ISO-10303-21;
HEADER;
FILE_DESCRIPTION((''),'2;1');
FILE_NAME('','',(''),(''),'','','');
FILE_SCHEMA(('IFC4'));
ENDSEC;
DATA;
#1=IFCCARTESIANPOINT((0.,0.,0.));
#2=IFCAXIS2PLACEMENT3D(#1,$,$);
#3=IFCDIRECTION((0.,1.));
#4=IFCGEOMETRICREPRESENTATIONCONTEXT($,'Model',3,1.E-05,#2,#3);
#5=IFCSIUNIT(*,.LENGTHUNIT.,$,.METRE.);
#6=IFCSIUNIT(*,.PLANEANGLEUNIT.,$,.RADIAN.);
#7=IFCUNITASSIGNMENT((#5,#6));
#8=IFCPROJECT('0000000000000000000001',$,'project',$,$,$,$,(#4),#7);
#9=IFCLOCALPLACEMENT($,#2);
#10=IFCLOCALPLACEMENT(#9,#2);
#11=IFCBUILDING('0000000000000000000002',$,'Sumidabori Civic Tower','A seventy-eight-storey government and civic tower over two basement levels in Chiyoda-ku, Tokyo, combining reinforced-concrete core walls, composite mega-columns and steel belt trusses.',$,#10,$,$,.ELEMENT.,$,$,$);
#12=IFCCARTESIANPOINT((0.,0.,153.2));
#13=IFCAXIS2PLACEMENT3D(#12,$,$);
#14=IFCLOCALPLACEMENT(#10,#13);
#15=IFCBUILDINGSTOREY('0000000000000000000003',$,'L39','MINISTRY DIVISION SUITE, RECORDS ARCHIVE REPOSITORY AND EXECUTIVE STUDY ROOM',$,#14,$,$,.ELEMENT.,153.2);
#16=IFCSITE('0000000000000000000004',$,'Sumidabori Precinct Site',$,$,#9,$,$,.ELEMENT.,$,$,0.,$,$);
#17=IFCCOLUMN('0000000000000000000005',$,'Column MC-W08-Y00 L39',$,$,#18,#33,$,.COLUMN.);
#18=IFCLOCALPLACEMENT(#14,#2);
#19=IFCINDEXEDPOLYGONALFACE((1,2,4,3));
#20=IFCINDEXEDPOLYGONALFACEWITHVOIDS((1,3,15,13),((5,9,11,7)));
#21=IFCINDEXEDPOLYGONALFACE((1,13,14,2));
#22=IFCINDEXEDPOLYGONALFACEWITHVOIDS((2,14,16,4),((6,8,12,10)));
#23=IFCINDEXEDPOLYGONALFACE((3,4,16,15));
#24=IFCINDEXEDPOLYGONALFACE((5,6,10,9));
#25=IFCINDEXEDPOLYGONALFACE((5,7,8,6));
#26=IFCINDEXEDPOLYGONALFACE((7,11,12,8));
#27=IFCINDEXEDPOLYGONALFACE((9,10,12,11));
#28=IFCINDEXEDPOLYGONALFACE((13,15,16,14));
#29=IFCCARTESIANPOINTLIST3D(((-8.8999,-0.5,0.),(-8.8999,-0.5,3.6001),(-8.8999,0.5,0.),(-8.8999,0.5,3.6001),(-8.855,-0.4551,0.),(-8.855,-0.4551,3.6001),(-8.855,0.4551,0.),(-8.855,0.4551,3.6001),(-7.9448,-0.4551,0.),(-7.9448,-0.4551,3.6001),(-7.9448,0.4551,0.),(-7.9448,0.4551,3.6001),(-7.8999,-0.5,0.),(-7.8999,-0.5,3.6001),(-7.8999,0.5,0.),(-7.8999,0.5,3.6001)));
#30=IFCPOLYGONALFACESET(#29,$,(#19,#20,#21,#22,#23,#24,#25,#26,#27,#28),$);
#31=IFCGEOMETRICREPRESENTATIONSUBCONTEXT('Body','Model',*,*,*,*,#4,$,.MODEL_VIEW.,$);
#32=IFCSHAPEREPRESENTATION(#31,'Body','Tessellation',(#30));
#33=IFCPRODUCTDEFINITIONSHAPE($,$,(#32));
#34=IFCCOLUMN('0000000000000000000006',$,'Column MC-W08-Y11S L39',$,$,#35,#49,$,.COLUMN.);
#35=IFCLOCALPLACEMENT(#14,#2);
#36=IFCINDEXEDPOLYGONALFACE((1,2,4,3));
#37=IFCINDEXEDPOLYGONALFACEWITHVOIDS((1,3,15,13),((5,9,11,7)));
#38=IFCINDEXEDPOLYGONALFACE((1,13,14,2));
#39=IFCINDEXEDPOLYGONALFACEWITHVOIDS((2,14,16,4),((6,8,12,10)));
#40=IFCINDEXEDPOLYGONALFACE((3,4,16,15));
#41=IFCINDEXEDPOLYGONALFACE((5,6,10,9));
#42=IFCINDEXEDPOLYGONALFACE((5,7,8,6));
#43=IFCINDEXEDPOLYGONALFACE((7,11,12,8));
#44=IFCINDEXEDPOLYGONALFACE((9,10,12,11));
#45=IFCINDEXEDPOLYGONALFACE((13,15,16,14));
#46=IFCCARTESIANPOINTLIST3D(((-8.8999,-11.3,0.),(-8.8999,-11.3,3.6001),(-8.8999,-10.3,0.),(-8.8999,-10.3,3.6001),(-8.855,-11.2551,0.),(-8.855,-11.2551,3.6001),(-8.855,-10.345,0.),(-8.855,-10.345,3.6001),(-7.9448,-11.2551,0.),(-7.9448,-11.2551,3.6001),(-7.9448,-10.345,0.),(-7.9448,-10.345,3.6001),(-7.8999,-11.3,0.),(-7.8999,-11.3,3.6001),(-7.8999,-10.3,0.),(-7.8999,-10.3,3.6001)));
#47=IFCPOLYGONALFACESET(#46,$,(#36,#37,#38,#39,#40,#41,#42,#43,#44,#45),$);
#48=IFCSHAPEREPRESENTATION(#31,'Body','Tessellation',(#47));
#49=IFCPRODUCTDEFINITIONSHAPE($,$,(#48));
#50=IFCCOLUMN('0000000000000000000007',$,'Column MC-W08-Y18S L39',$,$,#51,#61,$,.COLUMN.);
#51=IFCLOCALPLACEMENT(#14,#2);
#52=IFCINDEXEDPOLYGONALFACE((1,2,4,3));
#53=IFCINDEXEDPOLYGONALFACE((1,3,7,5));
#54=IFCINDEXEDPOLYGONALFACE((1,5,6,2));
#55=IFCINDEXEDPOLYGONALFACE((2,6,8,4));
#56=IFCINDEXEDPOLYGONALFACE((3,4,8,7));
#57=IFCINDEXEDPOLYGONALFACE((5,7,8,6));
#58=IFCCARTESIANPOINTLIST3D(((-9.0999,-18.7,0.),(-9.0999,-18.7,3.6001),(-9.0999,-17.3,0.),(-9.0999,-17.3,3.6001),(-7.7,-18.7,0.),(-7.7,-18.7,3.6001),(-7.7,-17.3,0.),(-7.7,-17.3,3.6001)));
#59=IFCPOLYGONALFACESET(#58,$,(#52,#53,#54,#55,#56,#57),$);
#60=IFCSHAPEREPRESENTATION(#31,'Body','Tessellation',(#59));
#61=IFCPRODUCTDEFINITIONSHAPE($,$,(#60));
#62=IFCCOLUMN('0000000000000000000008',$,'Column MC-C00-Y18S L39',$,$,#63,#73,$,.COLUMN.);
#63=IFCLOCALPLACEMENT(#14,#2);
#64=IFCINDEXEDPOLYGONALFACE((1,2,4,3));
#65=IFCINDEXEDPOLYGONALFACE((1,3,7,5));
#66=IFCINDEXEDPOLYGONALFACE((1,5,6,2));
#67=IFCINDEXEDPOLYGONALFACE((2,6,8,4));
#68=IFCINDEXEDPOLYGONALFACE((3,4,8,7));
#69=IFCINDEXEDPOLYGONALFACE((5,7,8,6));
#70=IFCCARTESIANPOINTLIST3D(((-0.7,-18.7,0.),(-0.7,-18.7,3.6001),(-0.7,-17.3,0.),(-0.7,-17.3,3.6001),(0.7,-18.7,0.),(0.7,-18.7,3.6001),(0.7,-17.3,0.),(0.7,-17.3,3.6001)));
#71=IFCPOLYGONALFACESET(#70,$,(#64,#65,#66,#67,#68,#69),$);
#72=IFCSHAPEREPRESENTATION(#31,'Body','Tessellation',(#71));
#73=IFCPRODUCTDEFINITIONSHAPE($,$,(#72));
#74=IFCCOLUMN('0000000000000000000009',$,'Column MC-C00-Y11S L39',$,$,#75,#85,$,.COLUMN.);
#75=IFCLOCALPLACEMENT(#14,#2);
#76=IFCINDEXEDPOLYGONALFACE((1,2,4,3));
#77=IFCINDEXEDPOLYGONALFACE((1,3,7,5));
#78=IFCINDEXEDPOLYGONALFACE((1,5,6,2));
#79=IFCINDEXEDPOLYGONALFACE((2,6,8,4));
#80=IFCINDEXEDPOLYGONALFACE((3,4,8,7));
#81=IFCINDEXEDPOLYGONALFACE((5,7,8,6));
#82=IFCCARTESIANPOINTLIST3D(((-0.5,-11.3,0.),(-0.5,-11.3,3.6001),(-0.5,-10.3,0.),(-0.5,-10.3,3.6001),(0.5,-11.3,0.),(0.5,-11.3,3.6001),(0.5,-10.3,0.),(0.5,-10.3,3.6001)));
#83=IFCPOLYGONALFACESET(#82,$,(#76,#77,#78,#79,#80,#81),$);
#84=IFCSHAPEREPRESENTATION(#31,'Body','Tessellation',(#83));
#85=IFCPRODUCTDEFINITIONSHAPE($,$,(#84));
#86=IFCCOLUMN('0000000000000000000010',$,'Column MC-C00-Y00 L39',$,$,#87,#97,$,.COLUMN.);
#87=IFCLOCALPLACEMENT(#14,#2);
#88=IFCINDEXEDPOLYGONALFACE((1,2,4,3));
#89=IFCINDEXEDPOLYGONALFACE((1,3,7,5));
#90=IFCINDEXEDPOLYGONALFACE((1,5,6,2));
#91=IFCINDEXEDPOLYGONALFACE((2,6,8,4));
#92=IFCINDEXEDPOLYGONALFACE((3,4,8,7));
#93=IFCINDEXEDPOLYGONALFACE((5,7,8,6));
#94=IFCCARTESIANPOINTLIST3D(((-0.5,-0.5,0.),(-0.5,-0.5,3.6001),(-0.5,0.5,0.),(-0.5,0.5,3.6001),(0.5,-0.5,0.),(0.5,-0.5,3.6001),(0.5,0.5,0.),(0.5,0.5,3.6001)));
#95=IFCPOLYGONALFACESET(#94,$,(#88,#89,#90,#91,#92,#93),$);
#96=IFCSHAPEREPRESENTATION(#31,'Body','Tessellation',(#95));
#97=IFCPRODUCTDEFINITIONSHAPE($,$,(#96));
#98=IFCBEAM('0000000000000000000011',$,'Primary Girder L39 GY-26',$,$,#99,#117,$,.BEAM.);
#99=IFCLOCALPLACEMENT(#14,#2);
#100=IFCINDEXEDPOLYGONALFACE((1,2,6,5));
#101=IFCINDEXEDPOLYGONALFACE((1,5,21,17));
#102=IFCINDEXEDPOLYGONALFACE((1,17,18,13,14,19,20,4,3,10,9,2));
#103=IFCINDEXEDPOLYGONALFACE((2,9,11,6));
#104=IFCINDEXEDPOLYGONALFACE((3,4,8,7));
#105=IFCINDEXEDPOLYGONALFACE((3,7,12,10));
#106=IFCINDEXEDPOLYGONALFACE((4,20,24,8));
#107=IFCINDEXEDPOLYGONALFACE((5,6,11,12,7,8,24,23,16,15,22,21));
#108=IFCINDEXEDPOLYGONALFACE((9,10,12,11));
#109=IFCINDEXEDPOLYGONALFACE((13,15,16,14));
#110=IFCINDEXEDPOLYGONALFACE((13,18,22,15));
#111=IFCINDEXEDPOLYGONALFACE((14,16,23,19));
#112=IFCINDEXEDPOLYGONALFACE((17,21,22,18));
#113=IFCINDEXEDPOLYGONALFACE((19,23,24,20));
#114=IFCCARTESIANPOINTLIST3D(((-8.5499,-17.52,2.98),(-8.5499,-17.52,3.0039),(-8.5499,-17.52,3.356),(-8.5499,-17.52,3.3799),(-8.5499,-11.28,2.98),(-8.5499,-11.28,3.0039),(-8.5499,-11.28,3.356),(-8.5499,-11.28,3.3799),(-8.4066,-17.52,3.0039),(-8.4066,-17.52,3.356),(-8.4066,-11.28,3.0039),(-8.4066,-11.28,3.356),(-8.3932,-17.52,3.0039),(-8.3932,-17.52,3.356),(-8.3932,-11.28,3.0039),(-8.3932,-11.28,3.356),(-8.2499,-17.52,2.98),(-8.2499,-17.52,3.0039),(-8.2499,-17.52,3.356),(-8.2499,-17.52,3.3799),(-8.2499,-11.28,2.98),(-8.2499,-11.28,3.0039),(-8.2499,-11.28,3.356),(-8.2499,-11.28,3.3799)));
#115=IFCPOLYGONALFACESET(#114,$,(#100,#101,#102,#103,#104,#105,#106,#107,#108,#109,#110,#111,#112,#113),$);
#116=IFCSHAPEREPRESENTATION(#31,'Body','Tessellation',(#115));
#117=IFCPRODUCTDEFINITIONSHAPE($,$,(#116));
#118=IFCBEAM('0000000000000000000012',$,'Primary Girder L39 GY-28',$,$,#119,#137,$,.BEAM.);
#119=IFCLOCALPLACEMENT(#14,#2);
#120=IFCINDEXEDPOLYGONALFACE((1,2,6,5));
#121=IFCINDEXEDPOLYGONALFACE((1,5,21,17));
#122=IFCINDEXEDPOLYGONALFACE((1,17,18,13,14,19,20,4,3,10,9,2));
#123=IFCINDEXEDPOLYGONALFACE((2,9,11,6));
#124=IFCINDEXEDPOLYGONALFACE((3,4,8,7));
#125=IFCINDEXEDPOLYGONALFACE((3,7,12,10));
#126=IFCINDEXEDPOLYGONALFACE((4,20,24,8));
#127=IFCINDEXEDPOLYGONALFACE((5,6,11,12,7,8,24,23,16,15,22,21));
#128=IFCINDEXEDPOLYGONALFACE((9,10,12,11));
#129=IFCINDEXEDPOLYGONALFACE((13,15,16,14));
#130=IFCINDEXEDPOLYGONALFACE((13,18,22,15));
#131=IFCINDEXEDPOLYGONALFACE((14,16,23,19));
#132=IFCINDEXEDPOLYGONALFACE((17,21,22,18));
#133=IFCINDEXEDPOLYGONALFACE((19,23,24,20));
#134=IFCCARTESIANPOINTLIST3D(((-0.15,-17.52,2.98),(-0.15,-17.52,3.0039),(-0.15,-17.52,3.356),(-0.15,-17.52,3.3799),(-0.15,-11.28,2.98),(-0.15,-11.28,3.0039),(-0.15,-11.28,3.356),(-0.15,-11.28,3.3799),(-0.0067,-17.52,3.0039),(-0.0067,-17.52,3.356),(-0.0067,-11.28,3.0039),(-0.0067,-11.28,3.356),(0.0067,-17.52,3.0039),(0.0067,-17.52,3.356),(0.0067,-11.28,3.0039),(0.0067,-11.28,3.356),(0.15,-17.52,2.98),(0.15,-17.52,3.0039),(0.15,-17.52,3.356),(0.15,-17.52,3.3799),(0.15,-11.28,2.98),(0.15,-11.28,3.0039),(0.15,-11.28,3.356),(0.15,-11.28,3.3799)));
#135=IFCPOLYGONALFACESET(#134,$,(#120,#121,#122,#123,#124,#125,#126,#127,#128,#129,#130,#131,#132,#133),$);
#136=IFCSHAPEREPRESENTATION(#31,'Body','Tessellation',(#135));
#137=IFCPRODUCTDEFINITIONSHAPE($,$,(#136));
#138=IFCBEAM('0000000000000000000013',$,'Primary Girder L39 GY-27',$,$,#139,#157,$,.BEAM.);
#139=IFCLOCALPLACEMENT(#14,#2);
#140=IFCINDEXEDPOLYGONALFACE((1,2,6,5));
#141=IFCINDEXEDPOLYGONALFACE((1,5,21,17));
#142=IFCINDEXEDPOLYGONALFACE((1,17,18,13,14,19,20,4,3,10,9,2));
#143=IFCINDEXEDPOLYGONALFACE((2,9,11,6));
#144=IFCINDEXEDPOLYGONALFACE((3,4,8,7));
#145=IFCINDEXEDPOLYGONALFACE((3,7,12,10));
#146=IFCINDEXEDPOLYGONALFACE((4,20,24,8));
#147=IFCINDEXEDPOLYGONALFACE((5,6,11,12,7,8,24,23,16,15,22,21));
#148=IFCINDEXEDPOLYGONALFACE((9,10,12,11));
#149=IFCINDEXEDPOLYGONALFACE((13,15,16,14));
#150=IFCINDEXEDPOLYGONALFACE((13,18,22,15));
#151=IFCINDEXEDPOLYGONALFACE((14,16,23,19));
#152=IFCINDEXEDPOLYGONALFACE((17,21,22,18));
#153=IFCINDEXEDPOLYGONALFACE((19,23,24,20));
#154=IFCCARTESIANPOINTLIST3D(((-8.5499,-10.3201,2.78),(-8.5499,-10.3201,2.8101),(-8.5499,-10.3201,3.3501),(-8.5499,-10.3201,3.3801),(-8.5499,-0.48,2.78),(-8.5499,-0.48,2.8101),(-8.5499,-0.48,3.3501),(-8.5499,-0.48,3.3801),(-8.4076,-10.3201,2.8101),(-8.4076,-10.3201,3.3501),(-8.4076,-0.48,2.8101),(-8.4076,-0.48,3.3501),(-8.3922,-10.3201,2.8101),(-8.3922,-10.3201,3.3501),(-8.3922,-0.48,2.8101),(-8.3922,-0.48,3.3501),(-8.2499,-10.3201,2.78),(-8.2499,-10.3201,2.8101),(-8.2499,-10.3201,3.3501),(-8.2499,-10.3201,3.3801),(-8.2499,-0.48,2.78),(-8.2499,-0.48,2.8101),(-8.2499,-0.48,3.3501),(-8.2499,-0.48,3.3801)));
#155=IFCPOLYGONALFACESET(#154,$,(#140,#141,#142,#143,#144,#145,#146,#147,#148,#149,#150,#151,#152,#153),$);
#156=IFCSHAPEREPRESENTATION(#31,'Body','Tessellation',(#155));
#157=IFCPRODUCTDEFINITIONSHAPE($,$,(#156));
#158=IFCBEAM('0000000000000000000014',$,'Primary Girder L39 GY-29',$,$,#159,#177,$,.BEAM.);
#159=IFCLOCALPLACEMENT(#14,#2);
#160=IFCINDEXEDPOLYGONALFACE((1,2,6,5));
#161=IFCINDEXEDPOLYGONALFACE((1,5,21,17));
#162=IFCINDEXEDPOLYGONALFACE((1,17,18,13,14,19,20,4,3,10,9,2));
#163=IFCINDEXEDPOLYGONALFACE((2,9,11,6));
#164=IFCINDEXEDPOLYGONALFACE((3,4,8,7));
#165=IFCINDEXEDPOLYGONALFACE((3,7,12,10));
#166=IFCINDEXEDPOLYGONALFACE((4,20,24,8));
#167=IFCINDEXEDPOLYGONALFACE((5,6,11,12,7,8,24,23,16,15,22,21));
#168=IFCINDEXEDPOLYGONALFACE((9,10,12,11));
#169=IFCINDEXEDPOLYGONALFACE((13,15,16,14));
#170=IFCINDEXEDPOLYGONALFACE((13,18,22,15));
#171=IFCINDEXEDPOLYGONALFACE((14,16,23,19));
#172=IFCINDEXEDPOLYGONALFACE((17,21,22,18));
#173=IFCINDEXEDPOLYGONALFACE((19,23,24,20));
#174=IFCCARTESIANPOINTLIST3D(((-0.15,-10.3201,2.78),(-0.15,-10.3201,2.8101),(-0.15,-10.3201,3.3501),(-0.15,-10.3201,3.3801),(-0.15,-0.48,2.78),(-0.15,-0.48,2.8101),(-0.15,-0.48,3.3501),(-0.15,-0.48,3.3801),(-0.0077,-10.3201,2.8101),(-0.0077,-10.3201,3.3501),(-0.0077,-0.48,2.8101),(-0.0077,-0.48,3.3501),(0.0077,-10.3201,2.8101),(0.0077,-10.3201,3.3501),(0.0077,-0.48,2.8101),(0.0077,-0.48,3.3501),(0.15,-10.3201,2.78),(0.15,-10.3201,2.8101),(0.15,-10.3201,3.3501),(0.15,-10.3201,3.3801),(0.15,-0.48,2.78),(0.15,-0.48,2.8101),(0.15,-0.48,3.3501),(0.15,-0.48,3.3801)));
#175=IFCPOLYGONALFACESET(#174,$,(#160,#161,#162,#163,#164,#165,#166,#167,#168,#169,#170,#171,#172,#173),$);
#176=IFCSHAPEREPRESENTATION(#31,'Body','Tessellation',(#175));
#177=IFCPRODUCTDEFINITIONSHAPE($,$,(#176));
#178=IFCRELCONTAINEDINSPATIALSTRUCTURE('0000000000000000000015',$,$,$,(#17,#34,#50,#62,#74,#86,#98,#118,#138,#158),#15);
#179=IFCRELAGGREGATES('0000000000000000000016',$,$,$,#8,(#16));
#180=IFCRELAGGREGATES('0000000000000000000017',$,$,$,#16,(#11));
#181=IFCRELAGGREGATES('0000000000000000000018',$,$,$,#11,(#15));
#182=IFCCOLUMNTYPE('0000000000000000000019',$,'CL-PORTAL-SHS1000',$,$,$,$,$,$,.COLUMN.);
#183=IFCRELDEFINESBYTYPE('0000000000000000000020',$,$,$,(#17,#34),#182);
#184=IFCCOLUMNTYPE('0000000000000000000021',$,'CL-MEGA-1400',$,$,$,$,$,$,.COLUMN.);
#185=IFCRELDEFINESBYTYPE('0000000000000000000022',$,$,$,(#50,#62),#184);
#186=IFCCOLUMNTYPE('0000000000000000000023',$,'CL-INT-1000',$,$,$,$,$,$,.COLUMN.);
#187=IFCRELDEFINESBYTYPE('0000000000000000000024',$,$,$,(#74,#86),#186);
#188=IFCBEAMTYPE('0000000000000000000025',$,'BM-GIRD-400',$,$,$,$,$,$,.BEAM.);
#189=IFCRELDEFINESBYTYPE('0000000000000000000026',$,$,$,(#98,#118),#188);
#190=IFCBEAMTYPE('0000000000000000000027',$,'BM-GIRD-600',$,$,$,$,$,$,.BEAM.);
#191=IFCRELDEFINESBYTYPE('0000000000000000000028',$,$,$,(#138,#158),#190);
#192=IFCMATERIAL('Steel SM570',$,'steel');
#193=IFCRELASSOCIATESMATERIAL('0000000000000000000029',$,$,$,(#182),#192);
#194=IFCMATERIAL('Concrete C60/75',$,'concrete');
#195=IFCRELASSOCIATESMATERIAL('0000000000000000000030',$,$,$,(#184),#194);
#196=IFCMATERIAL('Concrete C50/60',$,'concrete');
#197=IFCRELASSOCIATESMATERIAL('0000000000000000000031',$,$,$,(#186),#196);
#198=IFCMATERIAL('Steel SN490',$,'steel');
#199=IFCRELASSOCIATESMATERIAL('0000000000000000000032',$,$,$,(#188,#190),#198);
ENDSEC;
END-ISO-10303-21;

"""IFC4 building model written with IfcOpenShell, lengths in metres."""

from ifc_helpers import new_model, si_unit, direction, frame, origin, origin_2d, place, context, subcontext, project, spatial, rectangle, hollow_rectangle, i_section, extrude, source, transform, mapped, material, material_profile, profile_set, type_object, element, save


model = new_model("IFC4")

# Units and contexts
model_context = context("Model", 3, precision=1e-05, world=origin(), true_north=direction((0.0, 1.0)))
body_context = subcontext(model_context, "Body", "Model", "MODEL_VIEW")
ifc_project = project(units=[si_unit("LENGTHUNIT", "METRE"), si_unit("PLANEANGLEUNIT", "RADIAN")], contexts=[model_context])

# Site, building, storey
site_placement = place(None, origin())
site = spatial("IfcSite", under=ifc_project, at=site_placement, Name="Sumidabori Precinct Site", CompositionType="ELEMENT", RefElevation=0.0)
building_placement = place(site_placement, origin())
building = spatial("IfcBuilding", under=site, at=building_placement, Name="Sumidabori Civic Tower", Description="A seventy-eight-storey government and civic tower over two basement levels in Chiyoda-ku, Tokyo, combining reinforced-concrete core walls, composite mega-columns and steel belt trusses.", CompositionType="ELEMENT")
storey_placement = place(building_placement, frame((0.0, 0.0, 153.2)))
storey = spatial("IfcBuildingStorey", under=building, at=storey_placement, Name="L39", Description="MINISTRY DIVISION SUITE, RECORDS ARCHIVE REPOSITORY AND EXECUTIVE STUDY ROOM", CompositionType="ELEMENT", Elevation=153.2)

# Columns
ifc_material_1 = material(Name="Steel SM570", Category="steel")
ifc_material_profile_1 = material_profile(ifc_material_1, hollow_rectangle(XDim=1.0, YDim=1.0, WallThickness=0.0449, at=origin_2d()), Name="SHS 1000x1000x45")
ifc_profile_set_1 = profile_set([ifc_material_profile_1], Name="Steel SM570")
column_type_1 = type_object("IfcColumnType", Name="CL-PORTAL-SHS1000", PredefinedType="COLUMN", material=ifc_profile_set_1)
shared_shape_1 = source(origin(), body_context, "Body", "SweptSolid", [
    extrude(hollow_rectangle(XDim=1.0, YDim=1.0, WallThickness=0.0449, at=origin_2d()), origin(), (0.0, 0.0, 1.0), 3.6001),
])
for number, where, z_axis, x_axis, name in (
    (1, (-8.3999, 0.0, 0.0), (0.0, 0.0, 1.0), (1.0, 0.0, 0.0), "Column MC-W08-Y00 L39"),
    (2, (-8.3999, -10.8, 0.0), (0.0, 0.0, 1.0), (1.0, 0.0, 0.0), "Column MC-W08-Y11S L39"),
):
    element("IfcColumn", number, at=place(storey_placement, frame(where, z_axis=z_axis, x_axis=x_axis)), inside=storey, type_object=column_type_1, Name=name, PredefinedType="COLUMN", context=body_context, shape_type="MappedRepresentation", body=[
        mapped(shared_shape_1, transform((0.0, 0.0, 0.0), x_axis=(1.0, 0.0, 0.0), y_axis=(0.0, 1.0, 0.0), z_axis=(0.0, 0.0, 1.0), scale=1.0)),
    ])
ifc_material_2 = material(Name="Concrete C60/75", Category="concrete")
ifc_material_profile_2 = material_profile(ifc_material_2, rectangle(XDim=1.3999, YDim=1.3999, at=origin_2d()), Name="RC 1400x1400")
ifc_profile_set_2 = profile_set([ifc_material_profile_2], Name="Concrete C60/75")
column_type_2 = type_object("IfcColumnType", Name="CL-MEGA-1400", PredefinedType="COLUMN", material=ifc_profile_set_2)
shared_shape_2 = source(origin(), body_context, "Body", "SweptSolid", [
    extrude(rectangle(XDim=1.3999, YDim=1.3999, at=origin_2d()), origin(), (0.0, 0.0, 1.0), 3.6001),
])
for number, where, z_axis, x_axis, name in (
    (3, (-8.3999, -18.0, 0.0), (0.0, 0.0, 1.0), (1.0, 0.0, 0.0), "Column MC-W08-Y18S L39"),
    (4, (0.0, -18.0, 0.0), (0.0, 0.0, 1.0), (1.0, 0.0, 0.0), "Column MC-C00-Y18S L39"),
):
    element("IfcColumn", number, at=place(storey_placement, frame(where, z_axis=z_axis, x_axis=x_axis)), inside=storey, type_object=column_type_2, Name=name, PredefinedType="COLUMN", context=body_context, shape_type="MappedRepresentation", body=[
        mapped(shared_shape_2, transform((0.0, 0.0, 0.0), x_axis=(1.0, 0.0, 0.0), y_axis=(0.0, 1.0, 0.0), z_axis=(0.0, 0.0, 1.0), scale=1.0)),
    ])
ifc_material_3 = material(Name="Concrete C50/60", Category="concrete")
ifc_material_profile_3 = material_profile(ifc_material_3, rectangle(XDim=1.0, YDim=1.0, at=origin_2d()), Name="RC 1000x1000")
ifc_profile_set_3 = profile_set([ifc_material_profile_3], Name="Concrete C50/60")
column_type_3 = type_object("IfcColumnType", Name="CL-INT-1000", PredefinedType="COLUMN", material=ifc_profile_set_3)
shared_shape_3 = source(origin(), body_context, "Body", "SweptSolid", [
    extrude(rectangle(XDim=1.0, YDim=1.0, at=origin_2d()), origin(), (0.0, 0.0, 1.0), 3.6001),
])
for number, where, z_axis, x_axis, name in (
    (5, (0.0, -10.8, 0.0), (0.0, 0.0, 1.0), (1.0, 0.0, 0.0), "Column MC-C00-Y11S L39"),
    (6, (0.0, 0.0, 0.0), (0.0, 0.0, 1.0), (1.0, 0.0, 0.0), "Column MC-C00-Y00 L39"),
):
    element("IfcColumn", number, at=place(storey_placement, frame(where, z_axis=z_axis, x_axis=x_axis)), inside=storey, type_object=column_type_3, Name=name, PredefinedType="COLUMN", context=body_context, shape_type="MappedRepresentation", body=[
        mapped(shared_shape_3, transform((0.0, 0.0, 0.0), x_axis=(1.0, 0.0, 0.0), y_axis=(0.0, 1.0, 0.0), z_axis=(0.0, 0.0, 1.0), scale=1.0)),
    ])

# Beams
ifc_material_4 = material(Name="Steel SN490", Category="steel")
ifc_material_profile_4 = material_profile(ifc_material_4, i_section(OverallWidth=0.3, OverallDepth=0.3999, WebThickness=0.0134, FlangeThickness=0.0239, at=origin_2d()), Name="HE 400 B")
ifc_profile_set_4 = profile_set([ifc_material_profile_4], Name="Steel SN490")
beam_type_1 = type_object("IfcBeamType", Name="BM-GIRD-400", PredefinedType="BEAM", material=ifc_profile_set_4)
shared_shape_4 = source(origin(), body_context, "Body", "SweptSolid", [
    extrude(i_section(OverallWidth=0.3, OverallDepth=0.3999, WebThickness=0.0134, FlangeThickness=0.0239, at=origin_2d()), origin(), (0.0, 0.0, 1.0), 6.24),
])
for number, where, z_axis, x_axis, name in (
    (7, (-8.3999, -17.52, 3.1799), (0.0, 1.0, 0.0), (-1.0, 0.0, 0.0), "Primary Girder L39 GY-26"),
    (8, (0.0, -17.52, 3.1799), (0.0, 1.0, 0.0), (-1.0, 0.0, 0.0), "Primary Girder L39 GY-28"),
):
    element("IfcBeam", number, at=place(storey_placement, frame(where, z_axis=z_axis, x_axis=x_axis)), inside=storey, type_object=beam_type_1, Name=name, PredefinedType="BEAM", context=body_context, shape_type="MappedRepresentation", body=[
        mapped(shared_shape_4, transform((0.0, 0.0, 0.0), x_axis=(1.0, 0.0, 0.0), y_axis=(0.0, 1.0, 0.0), z_axis=(0.0, 0.0, 1.0), scale=1.0)),
    ])
ifc_material_profile_5 = material_profile(ifc_material_4, i_section(OverallWidth=0.3, OverallDepth=0.6001, WebThickness=0.0154, FlangeThickness=0.03, at=origin_2d()), Name="HE 600 B")
ifc_profile_set_5 = profile_set([ifc_material_profile_5], Name="Steel SN490")
beam_type_2 = type_object("IfcBeamType", Name="BM-GIRD-600", PredefinedType="BEAM", material=ifc_profile_set_5)
shared_shape_5 = source(origin(), body_context, "Body", "SweptSolid", [
    extrude(i_section(OverallWidth=0.3, OverallDepth=0.6001, WebThickness=0.0154, FlangeThickness=0.03, at=origin_2d()), origin(), (0.0, 0.0, 1.0), 9.8401),
])
for number, where, z_axis, x_axis, name in (
    (9, (-8.3999, -10.3201, 3.0801), (0.0, 1.0, 0.0), (-1.0, 0.0, 0.0), "Primary Girder L39 GY-27"),
    (10, (0.0, -10.3201, 3.0801), (0.0, 1.0, 0.0), (-1.0, 0.0, 0.0), "Primary Girder L39 GY-29"),
):
    element("IfcBeam", number, at=place(storey_placement, frame(where, z_axis=z_axis, x_axis=x_axis)), inside=storey, type_object=beam_type_2, Name=name, PredefinedType="BEAM", context=body_context, shape_type="MappedRepresentation", body=[
        mapped(shared_shape_5, transform((0.0, 0.0, 0.0), x_axis=(1.0, 0.0, 0.0), y_axis=(0.0, 1.0, 0.0), z_axis=(0.0, 0.0, 1.0), scale=1.0)),
    ])

save(model, "model.ifc")
